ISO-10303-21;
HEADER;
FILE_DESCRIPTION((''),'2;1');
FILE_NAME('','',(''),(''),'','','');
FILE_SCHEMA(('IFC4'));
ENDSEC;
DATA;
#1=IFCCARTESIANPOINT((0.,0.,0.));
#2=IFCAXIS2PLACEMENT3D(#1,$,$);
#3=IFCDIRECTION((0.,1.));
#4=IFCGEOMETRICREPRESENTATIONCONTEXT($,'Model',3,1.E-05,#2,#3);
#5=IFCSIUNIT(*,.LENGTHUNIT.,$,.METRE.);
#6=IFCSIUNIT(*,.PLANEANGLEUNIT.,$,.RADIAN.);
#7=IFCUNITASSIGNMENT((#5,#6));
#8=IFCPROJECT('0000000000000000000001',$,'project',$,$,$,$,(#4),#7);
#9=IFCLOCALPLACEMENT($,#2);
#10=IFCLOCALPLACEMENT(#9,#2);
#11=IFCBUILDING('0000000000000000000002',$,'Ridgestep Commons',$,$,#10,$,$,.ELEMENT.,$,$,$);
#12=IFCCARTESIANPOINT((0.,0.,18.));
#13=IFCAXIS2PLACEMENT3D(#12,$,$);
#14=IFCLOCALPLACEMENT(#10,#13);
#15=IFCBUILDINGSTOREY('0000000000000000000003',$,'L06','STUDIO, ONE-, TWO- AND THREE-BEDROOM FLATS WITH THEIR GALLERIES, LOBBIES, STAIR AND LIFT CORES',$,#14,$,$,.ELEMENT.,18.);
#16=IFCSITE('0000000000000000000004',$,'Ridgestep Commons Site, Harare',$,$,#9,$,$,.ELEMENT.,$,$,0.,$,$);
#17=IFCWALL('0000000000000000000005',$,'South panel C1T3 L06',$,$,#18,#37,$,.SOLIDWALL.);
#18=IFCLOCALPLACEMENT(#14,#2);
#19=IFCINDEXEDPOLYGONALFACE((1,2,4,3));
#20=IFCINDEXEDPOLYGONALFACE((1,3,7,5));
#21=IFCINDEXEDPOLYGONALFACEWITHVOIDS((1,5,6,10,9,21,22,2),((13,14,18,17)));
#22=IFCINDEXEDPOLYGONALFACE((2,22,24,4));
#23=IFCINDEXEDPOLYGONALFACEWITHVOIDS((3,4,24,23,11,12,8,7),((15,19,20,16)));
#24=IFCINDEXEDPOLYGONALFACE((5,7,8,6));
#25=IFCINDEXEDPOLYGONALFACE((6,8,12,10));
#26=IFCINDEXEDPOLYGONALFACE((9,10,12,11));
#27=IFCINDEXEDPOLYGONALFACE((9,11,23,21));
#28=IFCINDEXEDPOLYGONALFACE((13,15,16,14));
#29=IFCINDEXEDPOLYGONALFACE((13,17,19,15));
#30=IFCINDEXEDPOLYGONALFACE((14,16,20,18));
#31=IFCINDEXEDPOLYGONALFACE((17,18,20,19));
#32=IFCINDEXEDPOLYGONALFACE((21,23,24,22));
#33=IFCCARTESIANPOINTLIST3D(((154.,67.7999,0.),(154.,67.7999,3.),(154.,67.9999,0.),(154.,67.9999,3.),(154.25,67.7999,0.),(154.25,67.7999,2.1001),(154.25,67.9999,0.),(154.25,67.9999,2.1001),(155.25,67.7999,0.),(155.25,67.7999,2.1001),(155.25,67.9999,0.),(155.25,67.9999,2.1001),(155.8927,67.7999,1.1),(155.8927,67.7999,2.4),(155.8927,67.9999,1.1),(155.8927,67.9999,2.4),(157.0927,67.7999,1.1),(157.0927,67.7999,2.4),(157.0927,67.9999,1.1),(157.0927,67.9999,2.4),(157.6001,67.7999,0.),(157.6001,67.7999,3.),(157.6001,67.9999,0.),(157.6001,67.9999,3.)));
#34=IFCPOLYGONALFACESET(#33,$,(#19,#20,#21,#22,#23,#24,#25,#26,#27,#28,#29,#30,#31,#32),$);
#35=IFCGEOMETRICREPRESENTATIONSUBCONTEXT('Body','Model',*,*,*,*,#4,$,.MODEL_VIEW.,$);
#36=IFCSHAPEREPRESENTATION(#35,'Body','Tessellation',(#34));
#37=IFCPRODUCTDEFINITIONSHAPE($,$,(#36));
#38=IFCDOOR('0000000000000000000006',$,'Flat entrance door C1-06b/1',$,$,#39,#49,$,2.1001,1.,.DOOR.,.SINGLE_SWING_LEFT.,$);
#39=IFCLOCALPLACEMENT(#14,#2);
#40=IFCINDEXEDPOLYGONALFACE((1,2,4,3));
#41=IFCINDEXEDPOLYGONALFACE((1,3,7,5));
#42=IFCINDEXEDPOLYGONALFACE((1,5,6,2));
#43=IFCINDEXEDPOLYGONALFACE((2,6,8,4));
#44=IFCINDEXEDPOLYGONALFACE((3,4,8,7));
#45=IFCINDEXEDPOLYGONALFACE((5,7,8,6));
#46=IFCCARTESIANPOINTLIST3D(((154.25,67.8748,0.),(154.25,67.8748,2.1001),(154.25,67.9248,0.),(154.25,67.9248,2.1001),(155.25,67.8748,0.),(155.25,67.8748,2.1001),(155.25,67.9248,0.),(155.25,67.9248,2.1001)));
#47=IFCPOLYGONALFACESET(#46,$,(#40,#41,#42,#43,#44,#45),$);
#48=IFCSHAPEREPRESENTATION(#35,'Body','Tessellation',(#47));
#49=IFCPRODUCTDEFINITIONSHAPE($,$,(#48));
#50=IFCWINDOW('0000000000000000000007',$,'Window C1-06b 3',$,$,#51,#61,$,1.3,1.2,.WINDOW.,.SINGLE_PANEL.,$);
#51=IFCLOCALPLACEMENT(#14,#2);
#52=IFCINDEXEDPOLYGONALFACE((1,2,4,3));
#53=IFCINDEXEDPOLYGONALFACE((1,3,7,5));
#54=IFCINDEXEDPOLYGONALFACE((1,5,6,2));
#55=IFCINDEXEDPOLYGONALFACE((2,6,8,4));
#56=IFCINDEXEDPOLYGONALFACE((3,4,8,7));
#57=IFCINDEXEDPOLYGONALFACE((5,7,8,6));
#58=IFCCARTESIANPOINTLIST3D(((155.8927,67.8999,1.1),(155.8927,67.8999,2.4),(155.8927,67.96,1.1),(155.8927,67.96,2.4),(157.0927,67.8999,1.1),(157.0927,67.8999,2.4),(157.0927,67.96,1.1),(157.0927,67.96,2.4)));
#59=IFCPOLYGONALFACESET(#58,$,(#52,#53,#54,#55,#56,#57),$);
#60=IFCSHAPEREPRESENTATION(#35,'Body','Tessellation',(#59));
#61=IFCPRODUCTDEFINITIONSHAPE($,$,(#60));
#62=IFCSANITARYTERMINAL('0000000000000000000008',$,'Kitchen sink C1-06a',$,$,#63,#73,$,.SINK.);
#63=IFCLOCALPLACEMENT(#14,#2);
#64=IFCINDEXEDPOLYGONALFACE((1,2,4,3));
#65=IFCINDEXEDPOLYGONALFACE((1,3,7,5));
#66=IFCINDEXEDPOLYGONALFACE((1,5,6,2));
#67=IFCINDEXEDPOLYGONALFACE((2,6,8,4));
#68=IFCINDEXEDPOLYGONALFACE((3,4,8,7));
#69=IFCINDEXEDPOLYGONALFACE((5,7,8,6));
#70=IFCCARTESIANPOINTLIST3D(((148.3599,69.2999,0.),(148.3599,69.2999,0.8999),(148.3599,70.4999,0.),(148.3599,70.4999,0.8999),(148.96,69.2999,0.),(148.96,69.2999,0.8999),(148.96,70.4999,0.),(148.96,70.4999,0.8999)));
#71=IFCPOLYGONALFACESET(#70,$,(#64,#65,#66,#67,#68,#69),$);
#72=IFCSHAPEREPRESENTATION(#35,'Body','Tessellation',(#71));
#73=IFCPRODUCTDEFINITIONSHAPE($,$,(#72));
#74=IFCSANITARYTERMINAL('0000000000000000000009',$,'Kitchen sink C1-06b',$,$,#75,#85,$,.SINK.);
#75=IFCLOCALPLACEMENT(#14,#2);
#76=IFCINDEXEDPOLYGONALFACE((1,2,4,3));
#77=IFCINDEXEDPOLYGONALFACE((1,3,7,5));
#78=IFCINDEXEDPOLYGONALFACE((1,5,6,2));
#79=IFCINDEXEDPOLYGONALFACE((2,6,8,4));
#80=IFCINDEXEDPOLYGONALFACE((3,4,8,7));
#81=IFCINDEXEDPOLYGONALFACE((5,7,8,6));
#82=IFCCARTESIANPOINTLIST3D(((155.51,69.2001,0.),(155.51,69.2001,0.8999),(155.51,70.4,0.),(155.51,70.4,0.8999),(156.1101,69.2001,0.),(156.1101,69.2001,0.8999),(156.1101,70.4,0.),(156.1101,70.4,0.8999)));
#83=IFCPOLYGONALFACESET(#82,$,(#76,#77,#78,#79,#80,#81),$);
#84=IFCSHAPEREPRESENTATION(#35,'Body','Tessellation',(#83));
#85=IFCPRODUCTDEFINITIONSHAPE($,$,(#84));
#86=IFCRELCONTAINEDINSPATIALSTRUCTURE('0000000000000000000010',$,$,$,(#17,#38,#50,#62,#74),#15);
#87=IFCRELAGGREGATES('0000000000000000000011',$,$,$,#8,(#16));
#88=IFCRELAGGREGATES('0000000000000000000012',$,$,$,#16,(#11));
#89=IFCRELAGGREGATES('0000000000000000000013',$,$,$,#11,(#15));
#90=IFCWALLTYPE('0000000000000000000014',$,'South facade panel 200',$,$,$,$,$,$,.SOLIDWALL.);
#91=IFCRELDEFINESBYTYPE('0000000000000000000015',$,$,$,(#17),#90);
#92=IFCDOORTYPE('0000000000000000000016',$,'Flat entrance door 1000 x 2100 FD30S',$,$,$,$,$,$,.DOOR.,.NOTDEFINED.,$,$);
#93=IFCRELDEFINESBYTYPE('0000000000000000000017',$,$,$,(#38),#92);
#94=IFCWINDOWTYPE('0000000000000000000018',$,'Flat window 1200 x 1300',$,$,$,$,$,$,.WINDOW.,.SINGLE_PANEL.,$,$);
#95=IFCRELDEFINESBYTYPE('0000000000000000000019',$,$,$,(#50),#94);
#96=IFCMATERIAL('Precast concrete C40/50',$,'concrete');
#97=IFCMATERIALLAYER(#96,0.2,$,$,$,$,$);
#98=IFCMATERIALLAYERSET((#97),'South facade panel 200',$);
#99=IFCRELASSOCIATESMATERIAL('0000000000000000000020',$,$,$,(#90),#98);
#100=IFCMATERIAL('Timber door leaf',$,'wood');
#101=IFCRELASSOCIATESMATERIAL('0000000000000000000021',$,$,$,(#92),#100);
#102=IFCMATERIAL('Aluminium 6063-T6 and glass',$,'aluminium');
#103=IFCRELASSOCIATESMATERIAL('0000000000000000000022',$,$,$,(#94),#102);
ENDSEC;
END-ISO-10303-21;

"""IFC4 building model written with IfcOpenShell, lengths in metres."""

from ifc_helpers import new_model, si_unit, direction, frame, frame_2d, origin, origin_2d, place, context, subcontext, project, spatial, rectangle, extrude, material, layer, layer_set, type_object, element, fill, save


model = new_model("IFC4")

# Units and contexts
model_context = context("Model", 3, precision=1e-05, world=origin(), true_north=direction((0.0, 1.0)))
body_context = subcontext(model_context, "Body", "Model", "MODEL_VIEW")
ifc_project = project(units=[si_unit("LENGTHUNIT", "METRE"), si_unit("PLANEANGLEUNIT", "RADIAN")], contexts=[model_context])

# Site, building, storey
site_placement = place(None, origin())
site = spatial("IfcSite", under=ifc_project, at=site_placement, Name="Ridgestep Commons Site, Harare", CompositionType="ELEMENT", RefElevation=0.0)
building_placement = place(site_placement, origin())
building = spatial("IfcBuilding", under=site, at=building_placement, Name="Ridgestep Commons", CompositionType="ELEMENT")
storey_placement = place(building_placement, frame((0.0, 0.0, 18.0)))
storey = spatial("IfcBuildingStorey", under=building, at=storey_placement, Name="L06", Description="STUDIO, ONE-, TWO- AND THREE-BEDROOM FLATS WITH THEIR GALLERIES, LOBBIES, STAIR AND LIFT CORES", CompositionType="ELEMENT", Elevation=18.0)

# Shared definitions
ifc_material_1 = material(Name="Precast concrete C40/50", Category="concrete")
ifc_layer_1 = layer(ifc_material_1, 0.2)
ifc_layer_set_1 = layer_set([ifc_layer_1], Name="South facade panel 200")
wall_type_1 = type_object("IfcWallType", Name="South facade panel 200", PredefinedType="SOLIDWALL", material=ifc_layer_set_1)
ifc_material_2 = material(Name="Timber door leaf", Category="wood")
door_type_1 = type_object("IfcDoorType", Name="Flat entrance door 1000 x 2100 FD30S", OperationType="NOTDEFINED", PredefinedType="DOOR", material=ifc_material_2)
ifc_material_3 = material(Name="Aluminium 6063-T6 and glass", Category="aluminium")
window_type_1 = type_object("IfcWindowType", Name="Flat window 1200 x 1300", PartitioningType="SINGLE_PANEL", PredefinedType="WINDOW", material=ifc_material_3)

# Wall, openings, door, window
wall_1_placement = place(storey_placement, frame((154.0, 67.8999, 0.0), z_axis=(0.0, 0.0, 1.0), x_axis=(1.0, 0.0, 0.0)))
wall_1 = element("IfcWall", 1, at=wall_1_placement, inside=storey, type_object=wall_type_1, Name="South panel C1T3 L06", PredefinedType="SOLIDWALL", context=body_context, shape_type="SweptSolid", body=[
    extrude(rectangle(XDim=3.6001, YDim=0.2, at=frame_2d((1.8, 0.0))), origin(), (0.0, 0.0, 1.0), 3.0),
])
opening_1_placement = place(wall_1_placement, frame((1.8926, 0.0, 1.1001)))
opening_1 = element("IfcOpeningElement", 2, at=opening_1_placement, cuts=wall_1, PredefinedType="OPENING", context=body_context, shape_type="SweptSolid", body=[
    extrude(rectangle(XDim=1.2, YDim=1.3, at=frame_2d((0.6001, 0.6499))), frame((0.0, 0.1099, 0.0), z_axis=(0.0, -1.0, 0.0), x_axis=(1.0, 0.0, 0.0)), (0.0, 0.0, 1.0), 0.22),
])
opening_2_placement = place(wall_1_placement, frame((0.25, 0.0, 0.0)))
opening_2 = element("IfcOpeningElement", 3, at=opening_2_placement, cuts=wall_1, PredefinedType="OPENING", context=body_context, shape_type="SweptSolid", body=[
    extrude(rectangle(XDim=1.0, YDim=2.1001, at=frame_2d((0.5, 1.05))), frame((0.0, 0.1099, 0.0), z_axis=(0.0, -1.0, 0.0), x_axis=(1.0, 0.0, 0.0)), (0.0, 0.0, 1.0), 0.22),
])
door_1_placement = place(opening_2_placement, origin())
door_1 = element("IfcDoor", 4, at=door_1_placement, inside=storey, type_object=door_type_1, Name="Flat entrance door C1-06b/1", OperationType="SINGLE_SWING_LEFT", OverallHeight=2.1001, OverallWidth=1.0, PredefinedType="DOOR", context=body_context, shape_type="SweptSolid", body=[
    extrude(rectangle(XDim=1.0, YDim=2.1001, at=frame_2d((0.5, 1.05))), frame((0.0, 0.0249, 0.0), z_axis=(0.0, -1.0, 0.0), x_axis=(1.0, 0.0, 0.0)), (0.0, 0.0, 1.0), 0.05),
])
fill(opening_2, door_1)
window_1_placement = place(opening_1_placement, origin())
window_1 = element("IfcWindow", 5, at=window_1_placement, inside=storey, type_object=window_type_1, Name="Window C1-06b 3", OverallHeight=1.3, OverallWidth=1.2, PartitioningType="SINGLE_PANEL", PredefinedType="WINDOW", context=body_context, shape_type="SweptSolid", body=[
    extrude(rectangle(XDim=1.2, YDim=1.3, at=frame_2d((0.6001, 0.6499))), frame((0.0, 0.0601, 0.0), z_axis=(0.0, -1.0, 0.0), x_axis=(1.0, 0.0, 0.0)), (0.0, 0.0, 1.0), 0.0601),
])
fill(opening_1, window_1)

# Sanitary terminals
for number, where, z_axis, x_axis, name in (
    (6, (148.6599, 69.8999, 0.0), (0.0, 0.0, 1.0), (1.0, 0.0, 0.0), "Kitchen sink C1-06a"),
    (7, (155.8101, 69.8, 0.0), (0.0, 0.0, 1.0), (1.0, 0.0, 0.0), "Kitchen sink C1-06b"),
):
    element("IfcSanitaryTerminal", number, at=place(storey_placement, frame(where, z_axis=z_axis, x_axis=x_axis)), inside=storey, Name=name, PredefinedType="SINK", context=body_context, shape_type="SweptSolid", body=[
        extrude(rectangle(XDim=0.6001, YDim=1.2, at=origin_2d()), origin(), (0.0, 0.0, 1.0), 0.8999),
    ])

save(model, "model.ifc")
